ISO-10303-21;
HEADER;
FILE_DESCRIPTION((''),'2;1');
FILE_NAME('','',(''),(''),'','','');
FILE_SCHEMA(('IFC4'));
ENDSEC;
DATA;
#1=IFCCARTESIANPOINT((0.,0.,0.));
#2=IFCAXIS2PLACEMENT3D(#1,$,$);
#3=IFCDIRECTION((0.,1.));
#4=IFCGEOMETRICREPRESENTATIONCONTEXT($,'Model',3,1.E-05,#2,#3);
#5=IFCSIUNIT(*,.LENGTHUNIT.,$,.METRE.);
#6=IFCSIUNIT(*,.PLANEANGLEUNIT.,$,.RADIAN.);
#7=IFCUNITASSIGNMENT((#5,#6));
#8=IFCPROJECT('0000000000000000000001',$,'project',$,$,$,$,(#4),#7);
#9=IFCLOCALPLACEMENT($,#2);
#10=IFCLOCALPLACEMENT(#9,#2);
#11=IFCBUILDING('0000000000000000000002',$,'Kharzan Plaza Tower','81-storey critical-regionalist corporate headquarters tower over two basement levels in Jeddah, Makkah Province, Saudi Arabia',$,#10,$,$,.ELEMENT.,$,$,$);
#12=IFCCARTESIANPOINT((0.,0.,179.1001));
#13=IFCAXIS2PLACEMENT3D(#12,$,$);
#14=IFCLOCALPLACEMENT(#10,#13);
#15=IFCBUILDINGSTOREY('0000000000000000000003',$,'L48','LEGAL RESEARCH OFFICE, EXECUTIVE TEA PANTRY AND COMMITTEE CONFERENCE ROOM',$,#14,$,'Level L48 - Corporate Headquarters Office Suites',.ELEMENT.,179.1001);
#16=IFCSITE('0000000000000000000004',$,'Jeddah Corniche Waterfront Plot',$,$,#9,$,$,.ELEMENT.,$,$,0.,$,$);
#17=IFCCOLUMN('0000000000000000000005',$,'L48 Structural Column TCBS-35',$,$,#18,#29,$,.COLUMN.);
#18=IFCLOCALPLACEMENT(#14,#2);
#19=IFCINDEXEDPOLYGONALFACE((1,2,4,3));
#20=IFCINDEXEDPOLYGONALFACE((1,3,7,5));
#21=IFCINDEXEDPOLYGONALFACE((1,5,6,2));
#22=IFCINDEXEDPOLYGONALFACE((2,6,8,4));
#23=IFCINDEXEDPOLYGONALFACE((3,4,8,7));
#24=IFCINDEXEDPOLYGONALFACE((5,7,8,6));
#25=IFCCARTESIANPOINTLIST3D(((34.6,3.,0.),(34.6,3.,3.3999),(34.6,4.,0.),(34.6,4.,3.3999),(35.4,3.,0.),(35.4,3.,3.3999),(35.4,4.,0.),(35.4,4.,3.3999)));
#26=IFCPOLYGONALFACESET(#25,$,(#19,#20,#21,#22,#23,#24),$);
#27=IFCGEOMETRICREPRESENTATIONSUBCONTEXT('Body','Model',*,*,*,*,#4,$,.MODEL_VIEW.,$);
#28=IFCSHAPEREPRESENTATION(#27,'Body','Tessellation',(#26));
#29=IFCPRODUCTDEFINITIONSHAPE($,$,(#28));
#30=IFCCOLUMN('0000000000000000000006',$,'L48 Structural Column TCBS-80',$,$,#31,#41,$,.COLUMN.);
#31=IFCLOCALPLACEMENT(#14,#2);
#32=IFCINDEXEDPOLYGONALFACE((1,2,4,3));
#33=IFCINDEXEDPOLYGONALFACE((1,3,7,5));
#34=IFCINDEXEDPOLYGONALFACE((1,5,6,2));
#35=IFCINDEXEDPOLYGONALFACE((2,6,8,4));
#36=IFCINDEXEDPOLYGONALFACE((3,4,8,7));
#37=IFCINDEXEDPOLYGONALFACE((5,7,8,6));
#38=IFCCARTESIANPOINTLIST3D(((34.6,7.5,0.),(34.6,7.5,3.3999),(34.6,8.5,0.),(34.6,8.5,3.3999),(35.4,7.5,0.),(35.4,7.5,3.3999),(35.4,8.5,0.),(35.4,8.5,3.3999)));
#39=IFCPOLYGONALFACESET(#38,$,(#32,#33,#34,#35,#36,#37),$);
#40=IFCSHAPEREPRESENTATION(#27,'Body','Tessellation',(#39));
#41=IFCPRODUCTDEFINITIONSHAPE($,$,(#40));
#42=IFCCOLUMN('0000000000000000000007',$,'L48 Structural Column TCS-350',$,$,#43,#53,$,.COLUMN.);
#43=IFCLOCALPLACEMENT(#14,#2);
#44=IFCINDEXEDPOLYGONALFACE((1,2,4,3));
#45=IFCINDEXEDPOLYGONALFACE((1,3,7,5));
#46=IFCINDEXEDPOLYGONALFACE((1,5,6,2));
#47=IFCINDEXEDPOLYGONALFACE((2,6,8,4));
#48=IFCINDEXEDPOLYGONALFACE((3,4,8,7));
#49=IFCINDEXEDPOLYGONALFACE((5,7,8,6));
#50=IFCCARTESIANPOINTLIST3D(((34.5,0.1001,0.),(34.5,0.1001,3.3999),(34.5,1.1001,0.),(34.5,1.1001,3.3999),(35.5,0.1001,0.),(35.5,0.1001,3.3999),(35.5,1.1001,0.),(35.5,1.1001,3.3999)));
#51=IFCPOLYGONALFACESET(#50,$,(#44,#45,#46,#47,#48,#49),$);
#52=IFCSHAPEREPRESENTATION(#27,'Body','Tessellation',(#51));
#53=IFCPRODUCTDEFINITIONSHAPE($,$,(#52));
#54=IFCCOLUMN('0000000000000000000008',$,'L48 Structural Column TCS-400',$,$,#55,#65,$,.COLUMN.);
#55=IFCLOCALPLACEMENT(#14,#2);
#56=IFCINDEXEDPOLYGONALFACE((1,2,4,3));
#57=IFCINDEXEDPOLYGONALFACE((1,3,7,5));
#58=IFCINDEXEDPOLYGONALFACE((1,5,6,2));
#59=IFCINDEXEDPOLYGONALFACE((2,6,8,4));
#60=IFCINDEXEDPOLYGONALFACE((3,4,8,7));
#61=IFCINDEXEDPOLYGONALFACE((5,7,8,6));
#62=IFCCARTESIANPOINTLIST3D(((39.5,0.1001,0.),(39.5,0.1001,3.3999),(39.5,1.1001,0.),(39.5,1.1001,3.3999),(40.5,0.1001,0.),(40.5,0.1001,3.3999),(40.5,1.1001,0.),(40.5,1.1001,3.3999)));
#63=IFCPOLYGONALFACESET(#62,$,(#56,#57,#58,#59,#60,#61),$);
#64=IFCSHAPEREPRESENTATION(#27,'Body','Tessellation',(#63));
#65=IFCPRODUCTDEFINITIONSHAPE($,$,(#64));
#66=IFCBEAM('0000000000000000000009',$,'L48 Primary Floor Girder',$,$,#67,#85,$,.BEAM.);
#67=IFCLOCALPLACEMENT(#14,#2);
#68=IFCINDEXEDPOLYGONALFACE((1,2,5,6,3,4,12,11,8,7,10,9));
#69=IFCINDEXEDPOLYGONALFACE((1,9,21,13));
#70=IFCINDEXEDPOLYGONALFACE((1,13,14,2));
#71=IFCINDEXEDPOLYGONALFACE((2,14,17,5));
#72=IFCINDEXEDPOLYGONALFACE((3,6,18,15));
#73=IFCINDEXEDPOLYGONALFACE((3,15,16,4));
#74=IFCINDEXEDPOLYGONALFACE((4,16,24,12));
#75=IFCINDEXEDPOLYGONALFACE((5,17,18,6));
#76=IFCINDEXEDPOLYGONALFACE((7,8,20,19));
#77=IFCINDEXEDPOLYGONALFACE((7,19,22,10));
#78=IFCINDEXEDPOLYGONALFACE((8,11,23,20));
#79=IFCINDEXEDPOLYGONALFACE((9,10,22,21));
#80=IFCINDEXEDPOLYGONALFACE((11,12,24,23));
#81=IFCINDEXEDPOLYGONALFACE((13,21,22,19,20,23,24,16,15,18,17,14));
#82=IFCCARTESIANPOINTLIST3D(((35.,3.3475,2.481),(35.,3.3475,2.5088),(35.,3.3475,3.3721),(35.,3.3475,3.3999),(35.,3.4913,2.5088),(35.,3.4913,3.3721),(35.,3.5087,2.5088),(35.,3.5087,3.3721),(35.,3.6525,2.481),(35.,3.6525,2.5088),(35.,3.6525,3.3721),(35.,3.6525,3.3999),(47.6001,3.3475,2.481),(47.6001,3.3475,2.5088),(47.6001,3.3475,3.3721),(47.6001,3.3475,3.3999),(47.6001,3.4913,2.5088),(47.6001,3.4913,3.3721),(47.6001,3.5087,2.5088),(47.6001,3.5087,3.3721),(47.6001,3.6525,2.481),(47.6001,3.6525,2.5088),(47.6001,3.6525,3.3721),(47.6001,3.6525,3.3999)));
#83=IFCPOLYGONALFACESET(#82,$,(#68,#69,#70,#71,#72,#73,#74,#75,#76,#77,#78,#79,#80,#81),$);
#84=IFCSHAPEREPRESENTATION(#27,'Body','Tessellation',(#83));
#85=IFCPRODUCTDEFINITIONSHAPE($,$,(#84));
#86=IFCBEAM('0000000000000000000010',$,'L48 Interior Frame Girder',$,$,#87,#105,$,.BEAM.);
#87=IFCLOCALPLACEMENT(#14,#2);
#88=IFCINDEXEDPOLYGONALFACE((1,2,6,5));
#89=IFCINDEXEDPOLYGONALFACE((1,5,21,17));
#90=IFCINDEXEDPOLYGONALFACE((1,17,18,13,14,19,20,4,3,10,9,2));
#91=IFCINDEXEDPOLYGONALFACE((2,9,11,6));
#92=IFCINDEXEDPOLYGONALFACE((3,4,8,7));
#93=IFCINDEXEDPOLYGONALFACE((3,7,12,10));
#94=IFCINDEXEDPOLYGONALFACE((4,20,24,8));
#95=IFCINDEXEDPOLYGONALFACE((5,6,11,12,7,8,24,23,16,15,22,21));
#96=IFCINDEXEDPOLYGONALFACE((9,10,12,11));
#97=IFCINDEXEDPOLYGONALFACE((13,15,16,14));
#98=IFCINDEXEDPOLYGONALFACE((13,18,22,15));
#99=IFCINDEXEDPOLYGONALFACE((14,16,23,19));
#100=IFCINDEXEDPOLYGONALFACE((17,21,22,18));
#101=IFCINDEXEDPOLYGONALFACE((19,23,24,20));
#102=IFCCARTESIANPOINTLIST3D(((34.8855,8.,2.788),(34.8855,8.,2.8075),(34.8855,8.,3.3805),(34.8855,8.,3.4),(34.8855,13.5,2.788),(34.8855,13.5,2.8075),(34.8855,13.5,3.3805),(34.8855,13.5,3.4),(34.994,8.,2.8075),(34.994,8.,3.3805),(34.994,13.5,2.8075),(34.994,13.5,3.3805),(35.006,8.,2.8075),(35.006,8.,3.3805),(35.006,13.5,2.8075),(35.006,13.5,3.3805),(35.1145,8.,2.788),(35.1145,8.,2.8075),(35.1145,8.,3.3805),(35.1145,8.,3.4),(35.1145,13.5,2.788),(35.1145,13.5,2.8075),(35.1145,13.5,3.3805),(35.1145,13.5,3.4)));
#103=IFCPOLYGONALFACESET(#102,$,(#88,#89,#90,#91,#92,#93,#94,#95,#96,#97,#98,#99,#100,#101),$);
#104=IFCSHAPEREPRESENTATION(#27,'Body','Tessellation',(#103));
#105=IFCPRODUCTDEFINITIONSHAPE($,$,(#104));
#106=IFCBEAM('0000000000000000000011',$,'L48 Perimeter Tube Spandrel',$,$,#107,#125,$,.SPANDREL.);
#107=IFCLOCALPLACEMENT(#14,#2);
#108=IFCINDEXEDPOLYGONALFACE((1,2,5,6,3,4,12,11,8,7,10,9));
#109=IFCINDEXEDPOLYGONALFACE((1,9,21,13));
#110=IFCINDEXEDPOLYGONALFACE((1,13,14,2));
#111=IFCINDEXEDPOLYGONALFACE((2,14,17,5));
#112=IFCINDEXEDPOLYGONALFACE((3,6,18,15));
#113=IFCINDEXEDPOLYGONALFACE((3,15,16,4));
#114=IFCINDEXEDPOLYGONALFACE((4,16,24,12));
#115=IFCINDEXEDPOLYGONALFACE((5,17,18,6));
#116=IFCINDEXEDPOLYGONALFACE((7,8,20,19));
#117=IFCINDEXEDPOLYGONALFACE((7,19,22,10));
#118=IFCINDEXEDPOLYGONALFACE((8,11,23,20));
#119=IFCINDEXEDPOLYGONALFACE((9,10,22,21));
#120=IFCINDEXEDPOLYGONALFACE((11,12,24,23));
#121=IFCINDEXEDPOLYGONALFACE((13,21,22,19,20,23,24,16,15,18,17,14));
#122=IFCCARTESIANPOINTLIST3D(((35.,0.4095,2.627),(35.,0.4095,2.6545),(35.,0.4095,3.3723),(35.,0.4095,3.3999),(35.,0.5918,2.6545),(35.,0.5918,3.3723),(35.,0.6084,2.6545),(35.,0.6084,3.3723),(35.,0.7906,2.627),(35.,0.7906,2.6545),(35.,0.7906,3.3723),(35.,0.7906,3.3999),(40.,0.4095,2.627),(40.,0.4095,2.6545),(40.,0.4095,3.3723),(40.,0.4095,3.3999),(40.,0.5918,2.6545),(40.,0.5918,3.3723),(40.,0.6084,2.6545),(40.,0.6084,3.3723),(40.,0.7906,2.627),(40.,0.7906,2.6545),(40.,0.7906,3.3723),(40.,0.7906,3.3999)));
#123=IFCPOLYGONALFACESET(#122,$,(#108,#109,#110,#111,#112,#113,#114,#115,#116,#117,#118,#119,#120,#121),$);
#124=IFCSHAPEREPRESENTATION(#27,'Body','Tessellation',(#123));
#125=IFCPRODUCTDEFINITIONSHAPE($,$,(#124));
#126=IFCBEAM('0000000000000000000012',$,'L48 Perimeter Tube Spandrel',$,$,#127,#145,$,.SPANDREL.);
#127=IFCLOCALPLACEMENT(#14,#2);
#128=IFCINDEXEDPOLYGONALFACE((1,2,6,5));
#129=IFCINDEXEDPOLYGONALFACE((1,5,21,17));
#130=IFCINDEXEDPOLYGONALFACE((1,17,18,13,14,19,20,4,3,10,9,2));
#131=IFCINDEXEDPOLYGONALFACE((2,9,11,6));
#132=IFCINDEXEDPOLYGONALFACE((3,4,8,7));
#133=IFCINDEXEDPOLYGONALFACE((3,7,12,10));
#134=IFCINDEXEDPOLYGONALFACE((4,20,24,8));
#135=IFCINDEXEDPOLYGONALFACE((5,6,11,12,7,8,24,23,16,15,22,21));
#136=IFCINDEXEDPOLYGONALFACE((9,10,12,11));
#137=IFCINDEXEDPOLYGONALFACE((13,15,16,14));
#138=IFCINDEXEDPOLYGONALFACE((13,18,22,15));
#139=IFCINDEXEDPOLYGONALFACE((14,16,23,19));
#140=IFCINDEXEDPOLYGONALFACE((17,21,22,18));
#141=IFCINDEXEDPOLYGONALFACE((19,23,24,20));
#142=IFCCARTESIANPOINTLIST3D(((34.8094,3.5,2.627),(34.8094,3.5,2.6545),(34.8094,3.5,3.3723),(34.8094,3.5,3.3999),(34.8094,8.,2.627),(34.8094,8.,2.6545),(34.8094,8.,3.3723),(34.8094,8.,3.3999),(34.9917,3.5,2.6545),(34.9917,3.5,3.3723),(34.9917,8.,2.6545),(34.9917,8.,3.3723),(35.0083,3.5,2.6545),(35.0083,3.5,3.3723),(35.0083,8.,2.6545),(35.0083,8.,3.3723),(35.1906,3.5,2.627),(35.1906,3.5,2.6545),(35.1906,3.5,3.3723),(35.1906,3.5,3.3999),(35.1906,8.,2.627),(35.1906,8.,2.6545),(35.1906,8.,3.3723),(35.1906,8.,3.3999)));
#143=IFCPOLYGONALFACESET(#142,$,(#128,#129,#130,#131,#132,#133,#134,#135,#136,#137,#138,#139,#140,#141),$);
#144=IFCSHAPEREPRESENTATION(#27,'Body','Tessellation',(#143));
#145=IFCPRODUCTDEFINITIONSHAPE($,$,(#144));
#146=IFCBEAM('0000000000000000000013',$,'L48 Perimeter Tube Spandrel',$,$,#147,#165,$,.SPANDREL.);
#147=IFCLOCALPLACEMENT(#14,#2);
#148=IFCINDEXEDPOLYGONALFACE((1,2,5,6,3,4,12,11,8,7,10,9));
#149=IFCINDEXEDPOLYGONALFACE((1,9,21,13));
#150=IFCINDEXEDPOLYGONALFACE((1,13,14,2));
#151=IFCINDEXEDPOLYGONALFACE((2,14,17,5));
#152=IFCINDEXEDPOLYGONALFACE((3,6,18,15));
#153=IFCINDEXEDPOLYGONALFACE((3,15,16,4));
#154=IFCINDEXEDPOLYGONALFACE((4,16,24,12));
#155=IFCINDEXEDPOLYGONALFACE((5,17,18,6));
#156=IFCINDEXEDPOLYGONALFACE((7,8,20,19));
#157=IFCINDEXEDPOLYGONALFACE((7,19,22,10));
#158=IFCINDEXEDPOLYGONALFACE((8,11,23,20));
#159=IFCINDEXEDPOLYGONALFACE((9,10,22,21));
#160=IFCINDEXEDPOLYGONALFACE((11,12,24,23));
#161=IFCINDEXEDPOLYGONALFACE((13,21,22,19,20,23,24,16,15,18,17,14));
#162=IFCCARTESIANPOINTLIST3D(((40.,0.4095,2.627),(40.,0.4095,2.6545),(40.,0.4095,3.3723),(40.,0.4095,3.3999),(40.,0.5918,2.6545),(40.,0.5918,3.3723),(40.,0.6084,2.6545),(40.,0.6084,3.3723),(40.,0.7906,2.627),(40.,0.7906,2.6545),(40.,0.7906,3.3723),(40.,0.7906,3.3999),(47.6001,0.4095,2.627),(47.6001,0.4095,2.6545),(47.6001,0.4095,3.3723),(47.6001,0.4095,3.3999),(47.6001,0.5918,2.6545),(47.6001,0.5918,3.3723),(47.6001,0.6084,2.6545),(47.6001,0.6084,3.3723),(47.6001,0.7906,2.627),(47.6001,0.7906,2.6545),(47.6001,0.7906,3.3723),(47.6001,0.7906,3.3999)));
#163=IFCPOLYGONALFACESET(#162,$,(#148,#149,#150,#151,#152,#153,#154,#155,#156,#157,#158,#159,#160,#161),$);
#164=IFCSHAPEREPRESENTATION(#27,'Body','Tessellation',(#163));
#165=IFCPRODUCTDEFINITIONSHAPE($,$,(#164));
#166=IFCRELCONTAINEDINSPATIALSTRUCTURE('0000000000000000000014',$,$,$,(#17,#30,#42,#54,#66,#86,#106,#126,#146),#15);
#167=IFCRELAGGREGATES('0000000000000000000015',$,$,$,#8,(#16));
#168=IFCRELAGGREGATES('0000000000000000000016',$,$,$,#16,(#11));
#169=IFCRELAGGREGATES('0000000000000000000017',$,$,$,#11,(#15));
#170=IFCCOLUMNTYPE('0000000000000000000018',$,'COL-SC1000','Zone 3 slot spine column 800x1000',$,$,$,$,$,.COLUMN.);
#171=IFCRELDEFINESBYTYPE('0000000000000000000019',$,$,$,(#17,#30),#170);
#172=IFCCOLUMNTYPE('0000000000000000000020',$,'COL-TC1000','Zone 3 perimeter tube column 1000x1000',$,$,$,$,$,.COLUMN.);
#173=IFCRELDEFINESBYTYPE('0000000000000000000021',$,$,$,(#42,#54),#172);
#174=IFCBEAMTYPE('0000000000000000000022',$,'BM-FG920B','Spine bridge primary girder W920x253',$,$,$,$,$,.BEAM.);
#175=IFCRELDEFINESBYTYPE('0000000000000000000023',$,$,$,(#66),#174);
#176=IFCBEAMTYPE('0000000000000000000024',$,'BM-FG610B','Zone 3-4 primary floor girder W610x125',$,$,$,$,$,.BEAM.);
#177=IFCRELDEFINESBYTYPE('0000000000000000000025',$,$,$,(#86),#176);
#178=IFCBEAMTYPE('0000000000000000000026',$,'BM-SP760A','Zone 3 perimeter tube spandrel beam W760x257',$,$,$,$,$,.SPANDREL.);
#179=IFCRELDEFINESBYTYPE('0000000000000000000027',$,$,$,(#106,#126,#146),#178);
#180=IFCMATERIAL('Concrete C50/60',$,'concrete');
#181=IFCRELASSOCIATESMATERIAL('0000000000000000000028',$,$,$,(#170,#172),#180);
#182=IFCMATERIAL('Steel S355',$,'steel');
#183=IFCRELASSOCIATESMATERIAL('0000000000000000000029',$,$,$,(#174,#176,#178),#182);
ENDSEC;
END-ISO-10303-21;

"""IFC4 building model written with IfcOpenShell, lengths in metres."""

from ifc_helpers import new_model, si_unit, direction, frame, origin, origin_2d, place, context, subcontext, project, spatial, rectangle, i_section, extrude, source, transform, mapped, material, material_profile, profile_set, type_object, element, save


model = new_model("IFC4")

# Units and contexts
model_context = context("Model", 3, precision=1e-05, world=origin(), true_north=direction((0.0, 1.0)))
body_context = subcontext(model_context, "Body", "Model", "MODEL_VIEW")
ifc_project = project(units=[si_unit("LENGTHUNIT", "METRE"), si_unit("PLANEANGLEUNIT", "RADIAN")], contexts=[model_context])

# Site, building, storey
site_placement = place(None, origin())
site = spatial("IfcSite", under=ifc_project, at=site_placement, Name="Jeddah Corniche Waterfront Plot", CompositionType="ELEMENT", RefElevation=0.0)
building_placement = place(site_placement, origin())
building = spatial("IfcBuilding", under=site, at=building_placement, Name="Kharzan Plaza Tower", Description="81-storey critical-regionalist corporate headquarters tower over two basement levels in Jeddah, Makkah Province, Saudi Arabia", CompositionType="ELEMENT")
storey_placement = place(building_placement, frame((0.0, 0.0, 179.1001)))
storey = spatial("IfcBuildingStorey", under=building, at=storey_placement, Name="L48", Description="LEGAL RESEARCH OFFICE, EXECUTIVE TEA PANTRY AND COMMITTEE CONFERENCE ROOM", LongName="Level L48 - Corporate Headquarters Office Suites", CompositionType="ELEMENT", Elevation=179.1001)

# Columns
ifc_material_1 = material(Name="Concrete C50/60", Category="concrete")
ifc_material_profile_1 = material_profile(ifc_material_1, rectangle(XDim=0.8, YDim=1.0, at=origin_2d()), Name="RC-SC1000x800")
ifc_profile_set_1 = profile_set([ifc_material_profile_1], Name="Concrete C50/60")
column_type_1 = type_object("IfcColumnType", Name="COL-SC1000", Description="Zone 3 slot spine column 800x1000", PredefinedType="COLUMN", material=ifc_profile_set_1)
shared_shape_1 = source(origin(), body_context, "Body", "SweptSolid", [
    extrude(rectangle(XDim=0.8, YDim=1.0, at=origin_2d()), origin(), (0.0, 0.0, 1.0), 3.3999),
])
for number, where, z_axis, x_axis, name in (
    (1, (35.0, 3.5, 0.0), (0.0, 0.0, 1.0), (1.0, 0.0, 0.0), "L48 Structural Column TCBS-35"),
    (2, (35.0, 8.0, 0.0), (0.0, 0.0, 1.0), (1.0, 0.0, 0.0), "L48 Structural Column TCBS-80"),
):
    element("IfcColumn", number, at=place(storey_placement, frame(where, z_axis=z_axis, x_axis=x_axis)), inside=storey, type_object=column_type_1, Name=name, PredefinedType="COLUMN", context=body_context, shape_type="MappedRepresentation", body=[
        mapped(shared_shape_1, transform((0.0, 0.0, 0.0), x_axis=(1.0, 0.0, 0.0), y_axis=(0.0, 1.0, 0.0), z_axis=(0.0, 0.0, 1.0))),
    ])
ifc_material_profile_2 = material_profile(ifc_material_1, rectangle(XDim=1.0, YDim=1.0, at=origin_2d()), Name="RC-TC1000x1000")
ifc_profile_set_2 = profile_set([ifc_material_profile_2], Name="Concrete C50/60")
column_type_2 = type_object("IfcColumnType", Name="COL-TC1000", Description="Zone 3 perimeter tube column 1000x1000", PredefinedType="COLUMN", material=ifc_profile_set_2)
shared_shape_2 = source(origin(), body_context, "Body", "SweptSolid", [
    extrude(rectangle(XDim=1.0, YDim=1.0, at=origin_2d()), origin(), (0.0, 0.0, 1.0), 3.3999),
])
for number, where, z_axis, x_axis, name in (
    (3, (35.0, 0.6001, 0.0), (0.0, 0.0, 1.0), (1.0, 0.0, 0.0), "L48 Structural Column TCS-350"),
    (4, (40.0, 0.6001, 0.0), (0.0, 0.0, 1.0), (1.0, 0.0, 0.0), "L48 Structural Column TCS-400"),
):
    element("IfcColumn", number, at=place(storey_placement, frame(where, z_axis=z_axis, x_axis=x_axis)), inside=storey, type_object=column_type_2, Name=name, PredefinedType="COLUMN", context=body_context, shape_type="MappedRepresentation", body=[
        mapped(shared_shape_2, transform((0.0, 0.0, 0.0), x_axis=(1.0, 0.0, 0.0), y_axis=(0.0, 1.0, 0.0), z_axis=(0.0, 0.0, 1.0))),
    ])

# Beams
ifc_material_2 = material(Name="Steel S355", Category="steel")
ifc_material_profile_3 = material_profile(ifc_material_2, i_section(OverallWidth=0.3049, OverallDepth=0.9189, WebThickness=0.0173, FlangeThickness=0.0278, at=origin_2d()), Name="W920x253")
ifc_profile_set_3 = profile_set([ifc_material_profile_3], Name="Steel S355")
beam_type_1 = type_object("IfcBeamType", Name="BM-FG920B", Description="Spine bridge primary girder W920x253", PredefinedType="BEAM", material=ifc_profile_set_3)
shared_shape_3 = source(origin(), body_context, "Body", "SweptSolid", [
    extrude(i_section(OverallWidth=0.3049, OverallDepth=0.9189, WebThickness=0.0173, FlangeThickness=0.0278, at=origin_2d()), origin(), (0.0, 0.0, 1.0), 12.6001),
])
beam_1_placement = place(storey_placement, frame((35.0, 3.5, 2.9404), z_axis=(1.0, 0.0, 0.0), x_axis=(0.0, 1.0, 0.0)))
element("IfcBeam", 5, at=beam_1_placement, inside=storey, type_object=beam_type_1, Name="L48 Primary Floor Girder", PredefinedType="BEAM", context=body_context, shape_type="MappedRepresentation", body=[
    mapped(shared_shape_3, transform((0.0, 0.0, 0.0), x_axis=(1.0, 0.0, 0.0), y_axis=(0.0, 1.0, 0.0), z_axis=(0.0, 0.0, 1.0))),
])
ifc_material_profile_4 = material_profile(ifc_material_2, i_section(OverallWidth=0.229, OverallDepth=0.6121, WebThickness=0.012, FlangeThickness=0.0195, at=origin_2d()), Name="W610x125")
ifc_profile_set_4 = profile_set([ifc_material_profile_4], Name="Steel S355")
beam_type_2 = type_object("IfcBeamType", Name="BM-FG610B", Description="Zone 3-4 primary floor girder W610x125", PredefinedType="BEAM", material=ifc_profile_set_4)
shared_shape_4 = source(origin(), body_context, "Body", "SweptSolid", [
    extrude(i_section(OverallWidth=0.229, OverallDepth=0.6121, WebThickness=0.012, FlangeThickness=0.0195, at=origin_2d()), origin(), (0.0, 0.0, 1.0), 5.5),
])
beam_2_placement = place(storey_placement, frame((35.0, 8.0, 3.094), z_axis=(0.0, 1.0, 0.0), x_axis=(-1.0, 0.0, 0.0)))
element("IfcBeam", 6, at=beam_2_placement, inside=storey, type_object=beam_type_2, Name="L48 Interior Frame Girder", PredefinedType="BEAM", context=body_context, shape_type="MappedRepresentation", body=[
    mapped(shared_shape_4, transform((0.0, 0.0, 0.0), x_axis=(1.0, 0.0, 0.0), y_axis=(0.0, 1.0, 0.0), z_axis=(0.0, 0.0, 1.0))),
])
ifc_material_profile_5 = material_profile(ifc_material_2, i_section(OverallWidth=0.3811, OverallDepth=0.7729, WebThickness=0.0166, FlangeThickness=0.0276, at=origin_2d()), Name="W760x257")
ifc_profile_set_5 = profile_set([ifc_material_profile_5], Name="Steel S355")
beam_type_3 = type_object("IfcBeamType", Name="BM-SP760A", Description="Zone 3 perimeter tube spandrel beam W760x257", PredefinedType="SPANDREL", material=ifc_profile_set_5)
shared_shape_5 = source(origin(), body_context, "Body", "SweptSolid", [
    extrude(i_section(OverallWidth=0.3811, OverallDepth=0.7729, WebThickness=0.0166, FlangeThickness=0.0276, at=origin_2d()), origin(), (0.0, 0.0, 1.0), 5.0),
])
beam_3_placement = place(storey_placement, frame((35.0, 0.6001, 3.0134), z_axis=(1.0, 0.0, 0.0), x_axis=(0.0, 1.0, 0.0)))
element("IfcBeam", 7, at=beam_3_placement, inside=storey, type_object=beam_type_3, Name="L48 Perimeter Tube Spandrel", PredefinedType="SPANDREL", context=body_context, shape_type="MappedRepresentation", body=[
    mapped(shared_shape_5, transform((0.0, 0.0, 0.0), x_axis=(1.0, 0.0, 0.0), y_axis=(0.0, 1.0, 0.0), z_axis=(0.0, 0.0, 1.0))),
])
shared_shape_6 = source(origin(), body_context, "Body", "SweptSolid", [
    extrude(i_section(OverallWidth=0.3811, OverallDepth=0.7729, WebThickness=0.0166, FlangeThickness=0.0276, at=origin_2d()), origin(), (0.0, 0.0, 1.0), 4.5),
])
beam_4_placement = place(storey_placement, frame((35.0, 3.5, 3.0134), z_axis=(0.0, 1.0, 0.0), x_axis=(-1.0, 0.0, 0.0)))
element("IfcBeam", 8, at=beam_4_placement, inside=storey, type_object=beam_type_3, Name="L48 Perimeter Tube Spandrel", PredefinedType="SPANDREL", context=body_context, shape_type="MappedRepresentation", body=[
    mapped(shared_shape_6, transform((0.0, 0.0, 0.0), x_axis=(1.0, 0.0, 0.0), y_axis=(0.0, 1.0, 0.0), z_axis=(0.0, 0.0, 1.0))),
])
shared_shape_7 = source(origin(), body_context, "Body", "SweptSolid", [
    extrude(i_section(OverallWidth=0.3811, OverallDepth=0.7729, WebThickness=0.0166, FlangeThickness=0.0276, at=origin_2d()), origin(), (0.0, 0.0, 1.0), 7.6001),
])
beam_5_placement = place(storey_placement, frame((40.0, 0.6001, 3.0134), z_axis=(1.0, 0.0, 0.0), x_axis=(0.0, 1.0, 0.0)))
element("IfcBeam", 9, at=beam_5_placement, inside=storey, type_object=beam_type_3, Name="L48 Perimeter Tube Spandrel", PredefinedType="SPANDREL", context=body_context, shape_type="MappedRepresentation", body=[
    mapped(shared_shape_7, transform((0.0, 0.0, 0.0), x_axis=(1.0, 0.0, 0.0), y_axis=(0.0, 1.0, 0.0), z_axis=(0.0, 0.0, 1.0))),
])

save(model, "model.ifc")
